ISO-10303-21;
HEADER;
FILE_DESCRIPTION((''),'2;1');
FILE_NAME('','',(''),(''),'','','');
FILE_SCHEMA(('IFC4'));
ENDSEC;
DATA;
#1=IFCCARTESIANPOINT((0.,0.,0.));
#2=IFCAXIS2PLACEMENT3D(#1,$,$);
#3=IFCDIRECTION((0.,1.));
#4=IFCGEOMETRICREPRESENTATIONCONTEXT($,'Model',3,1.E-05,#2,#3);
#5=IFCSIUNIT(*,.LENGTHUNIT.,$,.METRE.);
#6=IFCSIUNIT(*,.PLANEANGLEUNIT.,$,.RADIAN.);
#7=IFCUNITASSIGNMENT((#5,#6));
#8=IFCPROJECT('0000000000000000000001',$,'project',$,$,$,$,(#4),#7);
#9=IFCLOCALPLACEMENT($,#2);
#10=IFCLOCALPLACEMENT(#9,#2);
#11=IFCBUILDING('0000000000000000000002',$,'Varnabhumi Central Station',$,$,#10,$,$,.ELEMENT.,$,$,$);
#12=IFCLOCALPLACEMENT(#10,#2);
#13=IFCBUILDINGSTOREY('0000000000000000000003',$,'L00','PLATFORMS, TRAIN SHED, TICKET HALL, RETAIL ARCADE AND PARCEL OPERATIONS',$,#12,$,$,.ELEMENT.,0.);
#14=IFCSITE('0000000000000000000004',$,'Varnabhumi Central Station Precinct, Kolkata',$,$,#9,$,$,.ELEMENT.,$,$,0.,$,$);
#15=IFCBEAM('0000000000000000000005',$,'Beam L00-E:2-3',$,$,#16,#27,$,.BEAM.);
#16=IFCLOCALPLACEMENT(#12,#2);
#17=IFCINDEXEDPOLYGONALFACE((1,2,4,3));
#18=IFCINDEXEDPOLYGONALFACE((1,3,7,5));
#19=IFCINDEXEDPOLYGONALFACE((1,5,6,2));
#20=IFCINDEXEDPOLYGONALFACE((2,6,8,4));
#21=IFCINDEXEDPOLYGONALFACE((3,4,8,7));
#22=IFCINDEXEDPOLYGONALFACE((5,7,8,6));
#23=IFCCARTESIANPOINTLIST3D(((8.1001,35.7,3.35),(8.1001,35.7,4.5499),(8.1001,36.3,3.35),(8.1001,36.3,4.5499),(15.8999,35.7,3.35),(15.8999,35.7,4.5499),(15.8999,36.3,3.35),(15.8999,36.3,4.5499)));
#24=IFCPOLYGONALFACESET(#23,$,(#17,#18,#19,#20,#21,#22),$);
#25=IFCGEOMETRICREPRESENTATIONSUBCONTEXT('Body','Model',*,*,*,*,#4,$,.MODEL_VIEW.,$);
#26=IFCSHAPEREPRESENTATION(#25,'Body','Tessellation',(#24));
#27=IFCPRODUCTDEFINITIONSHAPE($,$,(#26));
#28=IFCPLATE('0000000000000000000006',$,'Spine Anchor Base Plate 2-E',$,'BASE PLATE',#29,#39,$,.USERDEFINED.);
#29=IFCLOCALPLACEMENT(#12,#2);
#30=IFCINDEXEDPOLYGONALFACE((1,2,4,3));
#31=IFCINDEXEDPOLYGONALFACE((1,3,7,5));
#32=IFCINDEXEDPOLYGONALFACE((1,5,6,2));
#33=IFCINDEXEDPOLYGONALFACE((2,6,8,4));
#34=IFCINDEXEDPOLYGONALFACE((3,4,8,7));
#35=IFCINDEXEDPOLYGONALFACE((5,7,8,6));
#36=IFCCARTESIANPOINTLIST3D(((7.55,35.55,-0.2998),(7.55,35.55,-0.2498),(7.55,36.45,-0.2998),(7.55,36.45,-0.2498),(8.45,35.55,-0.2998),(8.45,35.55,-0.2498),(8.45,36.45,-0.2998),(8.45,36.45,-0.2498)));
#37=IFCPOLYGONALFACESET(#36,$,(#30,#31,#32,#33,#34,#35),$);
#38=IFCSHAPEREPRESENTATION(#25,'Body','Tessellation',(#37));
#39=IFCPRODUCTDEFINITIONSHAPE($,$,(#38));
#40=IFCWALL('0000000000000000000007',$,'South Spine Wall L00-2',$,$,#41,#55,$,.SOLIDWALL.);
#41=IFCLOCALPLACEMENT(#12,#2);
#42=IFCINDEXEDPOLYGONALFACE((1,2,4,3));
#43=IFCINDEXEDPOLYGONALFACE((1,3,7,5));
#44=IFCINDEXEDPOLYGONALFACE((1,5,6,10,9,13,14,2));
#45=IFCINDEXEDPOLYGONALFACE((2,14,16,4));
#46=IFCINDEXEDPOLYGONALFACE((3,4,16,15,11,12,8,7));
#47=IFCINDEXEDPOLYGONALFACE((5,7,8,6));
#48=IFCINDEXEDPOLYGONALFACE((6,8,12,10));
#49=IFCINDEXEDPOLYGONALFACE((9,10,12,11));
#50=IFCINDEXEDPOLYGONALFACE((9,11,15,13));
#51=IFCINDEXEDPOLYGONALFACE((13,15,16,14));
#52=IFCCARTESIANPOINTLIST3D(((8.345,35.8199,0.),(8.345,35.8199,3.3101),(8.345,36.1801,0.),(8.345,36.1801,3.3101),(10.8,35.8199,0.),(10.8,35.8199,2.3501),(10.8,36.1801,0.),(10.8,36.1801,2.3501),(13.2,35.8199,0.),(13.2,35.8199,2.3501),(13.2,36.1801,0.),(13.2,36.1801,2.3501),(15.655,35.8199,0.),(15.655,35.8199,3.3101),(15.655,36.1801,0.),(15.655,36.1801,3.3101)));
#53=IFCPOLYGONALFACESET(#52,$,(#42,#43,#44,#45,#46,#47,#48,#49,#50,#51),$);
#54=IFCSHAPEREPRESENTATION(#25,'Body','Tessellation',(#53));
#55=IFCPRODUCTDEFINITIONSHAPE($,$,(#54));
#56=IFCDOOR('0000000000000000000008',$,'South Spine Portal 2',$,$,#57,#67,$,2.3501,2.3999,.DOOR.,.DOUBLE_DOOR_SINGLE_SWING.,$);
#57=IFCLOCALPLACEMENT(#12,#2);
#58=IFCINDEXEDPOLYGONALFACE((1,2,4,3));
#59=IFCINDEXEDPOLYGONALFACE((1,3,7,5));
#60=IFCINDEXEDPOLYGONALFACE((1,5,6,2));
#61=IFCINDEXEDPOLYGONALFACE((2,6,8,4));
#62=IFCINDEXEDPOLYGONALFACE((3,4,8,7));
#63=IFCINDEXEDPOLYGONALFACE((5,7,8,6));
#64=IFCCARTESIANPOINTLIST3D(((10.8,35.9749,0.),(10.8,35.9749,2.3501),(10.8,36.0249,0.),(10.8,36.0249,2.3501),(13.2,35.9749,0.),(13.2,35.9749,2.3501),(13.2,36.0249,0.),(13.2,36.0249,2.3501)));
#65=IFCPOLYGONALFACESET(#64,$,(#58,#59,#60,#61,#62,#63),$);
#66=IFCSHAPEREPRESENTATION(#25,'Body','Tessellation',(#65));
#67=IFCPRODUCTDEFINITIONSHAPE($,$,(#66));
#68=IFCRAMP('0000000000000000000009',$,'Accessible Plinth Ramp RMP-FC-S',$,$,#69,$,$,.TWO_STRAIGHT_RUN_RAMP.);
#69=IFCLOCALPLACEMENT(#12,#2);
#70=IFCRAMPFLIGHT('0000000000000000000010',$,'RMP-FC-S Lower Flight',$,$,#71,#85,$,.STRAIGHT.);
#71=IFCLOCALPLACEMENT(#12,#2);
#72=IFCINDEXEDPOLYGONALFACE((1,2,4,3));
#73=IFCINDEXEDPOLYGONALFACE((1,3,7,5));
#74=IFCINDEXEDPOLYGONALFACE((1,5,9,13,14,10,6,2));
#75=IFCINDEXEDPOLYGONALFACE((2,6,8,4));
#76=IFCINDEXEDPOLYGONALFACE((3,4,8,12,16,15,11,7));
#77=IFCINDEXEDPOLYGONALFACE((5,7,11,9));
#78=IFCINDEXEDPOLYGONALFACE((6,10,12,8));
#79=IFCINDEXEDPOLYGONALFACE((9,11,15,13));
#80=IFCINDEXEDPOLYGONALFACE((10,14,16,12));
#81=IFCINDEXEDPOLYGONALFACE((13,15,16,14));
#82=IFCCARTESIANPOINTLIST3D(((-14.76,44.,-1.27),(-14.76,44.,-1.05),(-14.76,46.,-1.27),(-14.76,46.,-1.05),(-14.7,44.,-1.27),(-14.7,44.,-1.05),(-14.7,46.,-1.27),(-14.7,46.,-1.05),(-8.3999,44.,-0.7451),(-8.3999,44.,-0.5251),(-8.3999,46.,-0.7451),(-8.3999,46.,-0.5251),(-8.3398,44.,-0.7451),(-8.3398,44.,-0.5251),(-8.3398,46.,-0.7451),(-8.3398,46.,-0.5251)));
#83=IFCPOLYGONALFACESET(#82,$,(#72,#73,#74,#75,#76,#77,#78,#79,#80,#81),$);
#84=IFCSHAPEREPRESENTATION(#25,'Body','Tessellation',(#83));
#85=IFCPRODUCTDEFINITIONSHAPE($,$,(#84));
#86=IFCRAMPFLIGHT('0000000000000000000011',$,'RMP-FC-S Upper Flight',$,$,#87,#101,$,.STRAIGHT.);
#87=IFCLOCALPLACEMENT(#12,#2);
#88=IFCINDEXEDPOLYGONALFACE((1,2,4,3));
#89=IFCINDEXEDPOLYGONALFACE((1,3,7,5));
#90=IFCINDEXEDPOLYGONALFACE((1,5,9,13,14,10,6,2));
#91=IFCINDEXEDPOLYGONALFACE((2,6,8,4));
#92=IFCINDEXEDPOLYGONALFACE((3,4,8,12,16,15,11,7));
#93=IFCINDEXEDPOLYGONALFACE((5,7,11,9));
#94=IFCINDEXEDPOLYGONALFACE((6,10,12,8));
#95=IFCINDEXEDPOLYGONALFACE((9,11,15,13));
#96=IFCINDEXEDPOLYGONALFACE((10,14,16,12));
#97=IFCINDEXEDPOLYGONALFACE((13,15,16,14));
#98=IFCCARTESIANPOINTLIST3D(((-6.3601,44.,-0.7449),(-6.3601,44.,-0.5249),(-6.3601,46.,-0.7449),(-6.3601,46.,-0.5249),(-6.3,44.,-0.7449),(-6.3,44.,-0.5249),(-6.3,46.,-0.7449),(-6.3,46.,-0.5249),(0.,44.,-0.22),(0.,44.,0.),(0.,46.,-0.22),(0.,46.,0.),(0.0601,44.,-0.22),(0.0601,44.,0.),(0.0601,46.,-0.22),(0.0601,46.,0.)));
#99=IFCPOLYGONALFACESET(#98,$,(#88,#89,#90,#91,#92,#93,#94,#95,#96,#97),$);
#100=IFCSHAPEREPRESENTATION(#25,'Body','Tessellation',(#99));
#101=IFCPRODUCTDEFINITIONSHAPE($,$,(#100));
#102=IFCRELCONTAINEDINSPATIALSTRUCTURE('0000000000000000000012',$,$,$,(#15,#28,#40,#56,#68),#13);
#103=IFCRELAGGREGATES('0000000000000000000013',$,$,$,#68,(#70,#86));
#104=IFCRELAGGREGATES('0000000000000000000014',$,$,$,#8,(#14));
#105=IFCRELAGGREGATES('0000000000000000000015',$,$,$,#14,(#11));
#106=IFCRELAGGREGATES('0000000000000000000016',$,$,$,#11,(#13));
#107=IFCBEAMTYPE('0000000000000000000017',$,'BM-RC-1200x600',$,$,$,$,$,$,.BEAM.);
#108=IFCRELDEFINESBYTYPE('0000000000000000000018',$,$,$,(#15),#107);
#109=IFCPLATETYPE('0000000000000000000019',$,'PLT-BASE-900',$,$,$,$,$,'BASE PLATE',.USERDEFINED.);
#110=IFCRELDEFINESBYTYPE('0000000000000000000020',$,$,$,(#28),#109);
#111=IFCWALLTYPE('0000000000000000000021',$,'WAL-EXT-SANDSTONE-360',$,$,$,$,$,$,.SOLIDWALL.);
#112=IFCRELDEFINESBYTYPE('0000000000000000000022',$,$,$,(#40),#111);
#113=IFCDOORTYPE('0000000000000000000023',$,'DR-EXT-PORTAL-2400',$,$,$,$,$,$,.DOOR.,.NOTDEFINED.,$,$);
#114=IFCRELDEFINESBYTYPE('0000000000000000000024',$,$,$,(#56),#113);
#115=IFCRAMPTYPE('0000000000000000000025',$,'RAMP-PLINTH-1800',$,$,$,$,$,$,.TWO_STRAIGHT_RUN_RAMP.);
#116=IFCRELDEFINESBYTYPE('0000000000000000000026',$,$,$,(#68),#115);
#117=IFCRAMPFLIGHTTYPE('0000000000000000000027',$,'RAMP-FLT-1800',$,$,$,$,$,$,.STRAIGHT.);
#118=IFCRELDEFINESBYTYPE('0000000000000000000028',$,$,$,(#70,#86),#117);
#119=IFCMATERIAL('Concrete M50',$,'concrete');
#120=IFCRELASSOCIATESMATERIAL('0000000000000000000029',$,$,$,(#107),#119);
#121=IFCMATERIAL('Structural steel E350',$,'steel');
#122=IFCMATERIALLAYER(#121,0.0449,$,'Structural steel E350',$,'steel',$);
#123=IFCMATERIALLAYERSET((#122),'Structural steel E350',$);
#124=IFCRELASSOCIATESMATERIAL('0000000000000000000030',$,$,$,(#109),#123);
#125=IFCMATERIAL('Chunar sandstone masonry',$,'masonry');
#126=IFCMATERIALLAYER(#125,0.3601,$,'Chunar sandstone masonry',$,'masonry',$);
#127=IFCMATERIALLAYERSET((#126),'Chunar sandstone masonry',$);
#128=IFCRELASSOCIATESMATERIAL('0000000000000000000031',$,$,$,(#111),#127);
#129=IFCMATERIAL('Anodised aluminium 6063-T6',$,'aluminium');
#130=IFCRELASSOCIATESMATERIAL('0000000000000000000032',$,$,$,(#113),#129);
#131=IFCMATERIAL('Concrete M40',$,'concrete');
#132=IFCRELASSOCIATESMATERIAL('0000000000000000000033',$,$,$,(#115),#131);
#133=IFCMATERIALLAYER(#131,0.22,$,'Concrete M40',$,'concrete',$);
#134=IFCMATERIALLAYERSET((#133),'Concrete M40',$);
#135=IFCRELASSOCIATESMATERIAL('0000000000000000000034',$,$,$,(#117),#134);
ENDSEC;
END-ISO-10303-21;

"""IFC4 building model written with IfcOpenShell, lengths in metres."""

from ifc_helpers import new_model, si_unit, direction, frame, frame_2d, origin, origin_2d, place, context, subcontext, project, spatial, polyline, rectangle, outline, extrude, material, layer, layer_set, material_profile, profile_set, type_object, element, fill, aggregate, save


model = new_model("IFC4")

# Units and contexts
model_context = context("Model", 3, precision=1e-05, world=origin(), true_north=direction((0.0, 1.0)))
body_context = subcontext(model_context, "Body", "Model", "MODEL_VIEW")
ifc_project = project(units=[si_unit("LENGTHUNIT", "METRE"), si_unit("PLANEANGLEUNIT", "RADIAN")], contexts=[model_context])

# Site, building, storey
site_placement = place(None, origin())
site = spatial("IfcSite", under=ifc_project, at=site_placement, Name="Varnabhumi Central Station Precinct, Kolkata", CompositionType="ELEMENT", RefElevation=0.0)
building_placement = place(site_placement, origin())
building = spatial("IfcBuilding", under=site, at=building_placement, Name="Varnabhumi Central Station", CompositionType="ELEMENT")
storey_placement = place(building_placement, origin())
storey = spatial("IfcBuildingStorey", under=building, at=storey_placement, Name="L00", Description="PLATFORMS, TRAIN SHED, TICKET HALL, RETAIL ARCADE AND PARCEL OPERATIONS", CompositionType="ELEMENT", Elevation=0.0)

# Shared definitions
ifc_material_1 = material(Name="Concrete M40", Category="concrete")

# Shared definitions
ifc_material_2 = material(Name="Structural steel E350", Category="steel")
ifc_material_3 = material(Name="Concrete M50", Category="concrete")

# Beam
ifc_material_profile_1 = material_profile(ifc_material_3, rectangle(XDim=0.6001, YDim=1.2, at=origin_2d()), Name="Concrete M50", Category="concrete")
ifc_profile_set_1 = profile_set([ifc_material_profile_1], Name="Concrete M50")
beam_type = type_object("IfcBeamType", Name="BM-RC-1200x600", PredefinedType="BEAM", material=ifc_profile_set_1)
beam_placement = place(storey_placement, frame((8.1001, 36.0, 3.95), z_axis=(1.0, 0.0, 0.0), x_axis=(0.0, 1.0, 0.0)))
element("IfcBeam", 1, at=beam_placement, inside=storey, type_object=beam_type, Name="Beam L00-E:2-3", PredefinedType="BEAM", context=body_context, shape_type="SweptSolid", body=[
    extrude(rectangle(XDim=0.6001, YDim=1.2, at=origin_2d()), origin(), (0.0, 0.0, 1.0), 7.7998),
])

# Plate
ifc_layer_1 = layer(ifc_material_2, 0.0449, Name="Structural steel E350", Category="steel")
ifc_layer_set_1 = layer_set([ifc_layer_1], Name="Structural steel E350")
plate_type = type_object("IfcPlateType", Name="PLT-BASE-900", ElementType="BASE PLATE", PredefinedType="USERDEFINED", material=ifc_layer_set_1)
plate_placement = place(storey_placement, frame((8.0, 36.0, -0.2998), z_axis=(0.0, 0.0, 1.0), x_axis=(1.0, 0.0, 0.0)))
element("IfcPlate", 2, at=plate_placement, inside=storey, type_object=plate_type, Name="Spine Anchor Base Plate 2-E", ObjectType="BASE PLATE", PredefinedType="USERDEFINED", context=body_context, shape_type="SweptSolid", body=[
    extrude(rectangle(XDim=0.8999, YDim=0.8999, at=origin_2d()), origin(), (0.0, 0.0, 1.0), 0.05),
])

# Wall, opening, door
ifc_material_4 = material(Name="Chunar sandstone masonry", Category="masonry")
ifc_layer_2 = layer(ifc_material_4, 0.3601, Name="Chunar sandstone masonry", Category="masonry")
ifc_layer_set_2 = layer_set([ifc_layer_2], Name="Chunar sandstone masonry")
wall_type = type_object("IfcWallType", Name="WAL-EXT-SANDSTONE-360", PredefinedType="SOLIDWALL", material=ifc_layer_set_2)
wall_placement = place(storey_placement, frame((8.345, 36.0, 0.0), z_axis=(0.0, 0.0, 1.0), x_axis=(1.0, 0.0, 0.0)))
wall = element("IfcWall", 3, at=wall_placement, inside=storey, type_object=wall_type, Name="South Spine Wall L00-2", PredefinedType="SOLIDWALL", context=body_context, shape_type="SweptSolid", body=[
    extrude(rectangle(XDim=7.3101, YDim=0.3601, at=frame_2d((3.655, 0.0))), origin(), (0.0, 0.0, 1.0), 3.3101),
])
opening_placement = place(wall_placement, frame((2.4551, 0.0, 0.0)))
opening = element("IfcOpeningElement", 4, at=opening_placement, cuts=wall, PredefinedType="OPENING", context=body_context, shape_type="SweptSolid", body=[
    extrude(rectangle(XDim=2.3999, YDim=2.3501, at=frame_2d((1.2, 1.175))), frame((0.0, 0.1899, 0.0), z_axis=(0.0, -1.0, 0.0), x_axis=(1.0, 0.0, 0.0)), (0.0, 0.0, 1.0), 0.3801),
])
ifc_material_5 = material(Name="Anodised aluminium 6063-T6", Category="aluminium")
door_type = type_object("IfcDoorType", Name="DR-EXT-PORTAL-2400", OperationType="NOTDEFINED", PredefinedType="DOOR", material=ifc_material_5)
door_placement = place(opening_placement, origin())
door = element("IfcDoor", 5, at=door_placement, inside=storey, type_object=door_type, Name="South Spine Portal 2", OperationType="DOUBLE_DOOR_SINGLE_SWING", OverallHeight=2.3501, OverallWidth=2.3999, PredefinedType="DOOR", context=body_context, shape_type="SweptSolid", body=[
    extrude(rectangle(XDim=2.3999, YDim=2.3501, at=frame_2d((1.2, 1.175))), frame((0.0, 0.0249, 0.0), z_axis=(0.0, -1.0, 0.0), x_axis=(1.0, 0.0, 0.0)), (0.0, 0.0, 1.0), 0.05),
])
fill(opening, door)

# Ramp, ramp flights
ramp_type = type_object("IfcRampType", Name="RAMP-PLINTH-1800", PredefinedType="TWO_STRAIGHT_RUN_RAMP", material=ifc_material_1)
ramp_placement = place(storey_placement, origin())
ramp = element("IfcRamp", 6, at=ramp_placement, inside=storey, type_object=ramp_type, Name="Accessible Plinth Ramp RMP-FC-S", PredefinedType="TWO_STRAIGHT_RUN_RAMP")
ifc_layer_3 = layer(ifc_material_1, 0.22, Name="Concrete M40", Category="concrete")
ifc_layer_set_3 = layer_set([ifc_layer_3], Name="Concrete M40")
ramp_flight_type = type_object("IfcRampFlightType", Name="RAMP-FLT-1800", PredefinedType="STRAIGHT", material=ifc_layer_set_3)
ramp_flight_1_placement = place(storey_placement, frame((-14.7, 45.0, -1.05), z_axis=(0.0, 0.0, 1.0), x_axis=(1.0, 0.0, 0.0)))
ramp_flight_1 = element("IfcRampFlight", 7, at=ramp_flight_1_placement, type_object=ramp_flight_type, Name="RMP-FC-S Lower Flight", PredefinedType="STRAIGHT", context=body_context, shape_type="SweptSolid", body=[
    extrude(outline(polyline([(-0.0601, 0.0), (0.0, 0.0), (6.3, 0.5249), (6.3601, 0.5249), (6.3601, 0.3049), (6.3, 0.3049), (0.0, -0.22), (-0.0601, -0.22), (-0.0601, 0.0)])), frame((0.0, 1.0, 0.0), z_axis=(0.0, -1.0, 0.0), x_axis=(1.0, 0.0, 0.0)), (0.0, 0.0, 1.0), 2.0),
])
ramp_flight_2_placement = place(storey_placement, frame((-6.3, 45.0, -0.5249), z_axis=(0.0, 0.0, 1.0), x_axis=(1.0, 0.0, 0.0)))
ramp_flight_2 = element("IfcRampFlight", 8, at=ramp_flight_2_placement, type_object=ramp_flight_type, Name="RMP-FC-S Upper Flight", PredefinedType="STRAIGHT", context=body_context, shape_type="SweptSolid", body=[
    extrude(outline(polyline([(-0.0601, 0.0), (0.0, 0.0), (6.3, 0.5249), (6.3601, 0.5249), (6.3601, 0.3049), (6.3, 0.3049), (0.0, -0.22), (-0.0601, -0.22), (-0.0601, 0.0)])), frame((0.0, 1.0, 0.0), z_axis=(0.0, -1.0, 0.0), x_axis=(1.0, 0.0, 0.0)), (0.0, 0.0, 1.0), 2.0),
])
aggregate(ramp, [ramp_flight_1, ramp_flight_2])

save(model, "model.ifc")
